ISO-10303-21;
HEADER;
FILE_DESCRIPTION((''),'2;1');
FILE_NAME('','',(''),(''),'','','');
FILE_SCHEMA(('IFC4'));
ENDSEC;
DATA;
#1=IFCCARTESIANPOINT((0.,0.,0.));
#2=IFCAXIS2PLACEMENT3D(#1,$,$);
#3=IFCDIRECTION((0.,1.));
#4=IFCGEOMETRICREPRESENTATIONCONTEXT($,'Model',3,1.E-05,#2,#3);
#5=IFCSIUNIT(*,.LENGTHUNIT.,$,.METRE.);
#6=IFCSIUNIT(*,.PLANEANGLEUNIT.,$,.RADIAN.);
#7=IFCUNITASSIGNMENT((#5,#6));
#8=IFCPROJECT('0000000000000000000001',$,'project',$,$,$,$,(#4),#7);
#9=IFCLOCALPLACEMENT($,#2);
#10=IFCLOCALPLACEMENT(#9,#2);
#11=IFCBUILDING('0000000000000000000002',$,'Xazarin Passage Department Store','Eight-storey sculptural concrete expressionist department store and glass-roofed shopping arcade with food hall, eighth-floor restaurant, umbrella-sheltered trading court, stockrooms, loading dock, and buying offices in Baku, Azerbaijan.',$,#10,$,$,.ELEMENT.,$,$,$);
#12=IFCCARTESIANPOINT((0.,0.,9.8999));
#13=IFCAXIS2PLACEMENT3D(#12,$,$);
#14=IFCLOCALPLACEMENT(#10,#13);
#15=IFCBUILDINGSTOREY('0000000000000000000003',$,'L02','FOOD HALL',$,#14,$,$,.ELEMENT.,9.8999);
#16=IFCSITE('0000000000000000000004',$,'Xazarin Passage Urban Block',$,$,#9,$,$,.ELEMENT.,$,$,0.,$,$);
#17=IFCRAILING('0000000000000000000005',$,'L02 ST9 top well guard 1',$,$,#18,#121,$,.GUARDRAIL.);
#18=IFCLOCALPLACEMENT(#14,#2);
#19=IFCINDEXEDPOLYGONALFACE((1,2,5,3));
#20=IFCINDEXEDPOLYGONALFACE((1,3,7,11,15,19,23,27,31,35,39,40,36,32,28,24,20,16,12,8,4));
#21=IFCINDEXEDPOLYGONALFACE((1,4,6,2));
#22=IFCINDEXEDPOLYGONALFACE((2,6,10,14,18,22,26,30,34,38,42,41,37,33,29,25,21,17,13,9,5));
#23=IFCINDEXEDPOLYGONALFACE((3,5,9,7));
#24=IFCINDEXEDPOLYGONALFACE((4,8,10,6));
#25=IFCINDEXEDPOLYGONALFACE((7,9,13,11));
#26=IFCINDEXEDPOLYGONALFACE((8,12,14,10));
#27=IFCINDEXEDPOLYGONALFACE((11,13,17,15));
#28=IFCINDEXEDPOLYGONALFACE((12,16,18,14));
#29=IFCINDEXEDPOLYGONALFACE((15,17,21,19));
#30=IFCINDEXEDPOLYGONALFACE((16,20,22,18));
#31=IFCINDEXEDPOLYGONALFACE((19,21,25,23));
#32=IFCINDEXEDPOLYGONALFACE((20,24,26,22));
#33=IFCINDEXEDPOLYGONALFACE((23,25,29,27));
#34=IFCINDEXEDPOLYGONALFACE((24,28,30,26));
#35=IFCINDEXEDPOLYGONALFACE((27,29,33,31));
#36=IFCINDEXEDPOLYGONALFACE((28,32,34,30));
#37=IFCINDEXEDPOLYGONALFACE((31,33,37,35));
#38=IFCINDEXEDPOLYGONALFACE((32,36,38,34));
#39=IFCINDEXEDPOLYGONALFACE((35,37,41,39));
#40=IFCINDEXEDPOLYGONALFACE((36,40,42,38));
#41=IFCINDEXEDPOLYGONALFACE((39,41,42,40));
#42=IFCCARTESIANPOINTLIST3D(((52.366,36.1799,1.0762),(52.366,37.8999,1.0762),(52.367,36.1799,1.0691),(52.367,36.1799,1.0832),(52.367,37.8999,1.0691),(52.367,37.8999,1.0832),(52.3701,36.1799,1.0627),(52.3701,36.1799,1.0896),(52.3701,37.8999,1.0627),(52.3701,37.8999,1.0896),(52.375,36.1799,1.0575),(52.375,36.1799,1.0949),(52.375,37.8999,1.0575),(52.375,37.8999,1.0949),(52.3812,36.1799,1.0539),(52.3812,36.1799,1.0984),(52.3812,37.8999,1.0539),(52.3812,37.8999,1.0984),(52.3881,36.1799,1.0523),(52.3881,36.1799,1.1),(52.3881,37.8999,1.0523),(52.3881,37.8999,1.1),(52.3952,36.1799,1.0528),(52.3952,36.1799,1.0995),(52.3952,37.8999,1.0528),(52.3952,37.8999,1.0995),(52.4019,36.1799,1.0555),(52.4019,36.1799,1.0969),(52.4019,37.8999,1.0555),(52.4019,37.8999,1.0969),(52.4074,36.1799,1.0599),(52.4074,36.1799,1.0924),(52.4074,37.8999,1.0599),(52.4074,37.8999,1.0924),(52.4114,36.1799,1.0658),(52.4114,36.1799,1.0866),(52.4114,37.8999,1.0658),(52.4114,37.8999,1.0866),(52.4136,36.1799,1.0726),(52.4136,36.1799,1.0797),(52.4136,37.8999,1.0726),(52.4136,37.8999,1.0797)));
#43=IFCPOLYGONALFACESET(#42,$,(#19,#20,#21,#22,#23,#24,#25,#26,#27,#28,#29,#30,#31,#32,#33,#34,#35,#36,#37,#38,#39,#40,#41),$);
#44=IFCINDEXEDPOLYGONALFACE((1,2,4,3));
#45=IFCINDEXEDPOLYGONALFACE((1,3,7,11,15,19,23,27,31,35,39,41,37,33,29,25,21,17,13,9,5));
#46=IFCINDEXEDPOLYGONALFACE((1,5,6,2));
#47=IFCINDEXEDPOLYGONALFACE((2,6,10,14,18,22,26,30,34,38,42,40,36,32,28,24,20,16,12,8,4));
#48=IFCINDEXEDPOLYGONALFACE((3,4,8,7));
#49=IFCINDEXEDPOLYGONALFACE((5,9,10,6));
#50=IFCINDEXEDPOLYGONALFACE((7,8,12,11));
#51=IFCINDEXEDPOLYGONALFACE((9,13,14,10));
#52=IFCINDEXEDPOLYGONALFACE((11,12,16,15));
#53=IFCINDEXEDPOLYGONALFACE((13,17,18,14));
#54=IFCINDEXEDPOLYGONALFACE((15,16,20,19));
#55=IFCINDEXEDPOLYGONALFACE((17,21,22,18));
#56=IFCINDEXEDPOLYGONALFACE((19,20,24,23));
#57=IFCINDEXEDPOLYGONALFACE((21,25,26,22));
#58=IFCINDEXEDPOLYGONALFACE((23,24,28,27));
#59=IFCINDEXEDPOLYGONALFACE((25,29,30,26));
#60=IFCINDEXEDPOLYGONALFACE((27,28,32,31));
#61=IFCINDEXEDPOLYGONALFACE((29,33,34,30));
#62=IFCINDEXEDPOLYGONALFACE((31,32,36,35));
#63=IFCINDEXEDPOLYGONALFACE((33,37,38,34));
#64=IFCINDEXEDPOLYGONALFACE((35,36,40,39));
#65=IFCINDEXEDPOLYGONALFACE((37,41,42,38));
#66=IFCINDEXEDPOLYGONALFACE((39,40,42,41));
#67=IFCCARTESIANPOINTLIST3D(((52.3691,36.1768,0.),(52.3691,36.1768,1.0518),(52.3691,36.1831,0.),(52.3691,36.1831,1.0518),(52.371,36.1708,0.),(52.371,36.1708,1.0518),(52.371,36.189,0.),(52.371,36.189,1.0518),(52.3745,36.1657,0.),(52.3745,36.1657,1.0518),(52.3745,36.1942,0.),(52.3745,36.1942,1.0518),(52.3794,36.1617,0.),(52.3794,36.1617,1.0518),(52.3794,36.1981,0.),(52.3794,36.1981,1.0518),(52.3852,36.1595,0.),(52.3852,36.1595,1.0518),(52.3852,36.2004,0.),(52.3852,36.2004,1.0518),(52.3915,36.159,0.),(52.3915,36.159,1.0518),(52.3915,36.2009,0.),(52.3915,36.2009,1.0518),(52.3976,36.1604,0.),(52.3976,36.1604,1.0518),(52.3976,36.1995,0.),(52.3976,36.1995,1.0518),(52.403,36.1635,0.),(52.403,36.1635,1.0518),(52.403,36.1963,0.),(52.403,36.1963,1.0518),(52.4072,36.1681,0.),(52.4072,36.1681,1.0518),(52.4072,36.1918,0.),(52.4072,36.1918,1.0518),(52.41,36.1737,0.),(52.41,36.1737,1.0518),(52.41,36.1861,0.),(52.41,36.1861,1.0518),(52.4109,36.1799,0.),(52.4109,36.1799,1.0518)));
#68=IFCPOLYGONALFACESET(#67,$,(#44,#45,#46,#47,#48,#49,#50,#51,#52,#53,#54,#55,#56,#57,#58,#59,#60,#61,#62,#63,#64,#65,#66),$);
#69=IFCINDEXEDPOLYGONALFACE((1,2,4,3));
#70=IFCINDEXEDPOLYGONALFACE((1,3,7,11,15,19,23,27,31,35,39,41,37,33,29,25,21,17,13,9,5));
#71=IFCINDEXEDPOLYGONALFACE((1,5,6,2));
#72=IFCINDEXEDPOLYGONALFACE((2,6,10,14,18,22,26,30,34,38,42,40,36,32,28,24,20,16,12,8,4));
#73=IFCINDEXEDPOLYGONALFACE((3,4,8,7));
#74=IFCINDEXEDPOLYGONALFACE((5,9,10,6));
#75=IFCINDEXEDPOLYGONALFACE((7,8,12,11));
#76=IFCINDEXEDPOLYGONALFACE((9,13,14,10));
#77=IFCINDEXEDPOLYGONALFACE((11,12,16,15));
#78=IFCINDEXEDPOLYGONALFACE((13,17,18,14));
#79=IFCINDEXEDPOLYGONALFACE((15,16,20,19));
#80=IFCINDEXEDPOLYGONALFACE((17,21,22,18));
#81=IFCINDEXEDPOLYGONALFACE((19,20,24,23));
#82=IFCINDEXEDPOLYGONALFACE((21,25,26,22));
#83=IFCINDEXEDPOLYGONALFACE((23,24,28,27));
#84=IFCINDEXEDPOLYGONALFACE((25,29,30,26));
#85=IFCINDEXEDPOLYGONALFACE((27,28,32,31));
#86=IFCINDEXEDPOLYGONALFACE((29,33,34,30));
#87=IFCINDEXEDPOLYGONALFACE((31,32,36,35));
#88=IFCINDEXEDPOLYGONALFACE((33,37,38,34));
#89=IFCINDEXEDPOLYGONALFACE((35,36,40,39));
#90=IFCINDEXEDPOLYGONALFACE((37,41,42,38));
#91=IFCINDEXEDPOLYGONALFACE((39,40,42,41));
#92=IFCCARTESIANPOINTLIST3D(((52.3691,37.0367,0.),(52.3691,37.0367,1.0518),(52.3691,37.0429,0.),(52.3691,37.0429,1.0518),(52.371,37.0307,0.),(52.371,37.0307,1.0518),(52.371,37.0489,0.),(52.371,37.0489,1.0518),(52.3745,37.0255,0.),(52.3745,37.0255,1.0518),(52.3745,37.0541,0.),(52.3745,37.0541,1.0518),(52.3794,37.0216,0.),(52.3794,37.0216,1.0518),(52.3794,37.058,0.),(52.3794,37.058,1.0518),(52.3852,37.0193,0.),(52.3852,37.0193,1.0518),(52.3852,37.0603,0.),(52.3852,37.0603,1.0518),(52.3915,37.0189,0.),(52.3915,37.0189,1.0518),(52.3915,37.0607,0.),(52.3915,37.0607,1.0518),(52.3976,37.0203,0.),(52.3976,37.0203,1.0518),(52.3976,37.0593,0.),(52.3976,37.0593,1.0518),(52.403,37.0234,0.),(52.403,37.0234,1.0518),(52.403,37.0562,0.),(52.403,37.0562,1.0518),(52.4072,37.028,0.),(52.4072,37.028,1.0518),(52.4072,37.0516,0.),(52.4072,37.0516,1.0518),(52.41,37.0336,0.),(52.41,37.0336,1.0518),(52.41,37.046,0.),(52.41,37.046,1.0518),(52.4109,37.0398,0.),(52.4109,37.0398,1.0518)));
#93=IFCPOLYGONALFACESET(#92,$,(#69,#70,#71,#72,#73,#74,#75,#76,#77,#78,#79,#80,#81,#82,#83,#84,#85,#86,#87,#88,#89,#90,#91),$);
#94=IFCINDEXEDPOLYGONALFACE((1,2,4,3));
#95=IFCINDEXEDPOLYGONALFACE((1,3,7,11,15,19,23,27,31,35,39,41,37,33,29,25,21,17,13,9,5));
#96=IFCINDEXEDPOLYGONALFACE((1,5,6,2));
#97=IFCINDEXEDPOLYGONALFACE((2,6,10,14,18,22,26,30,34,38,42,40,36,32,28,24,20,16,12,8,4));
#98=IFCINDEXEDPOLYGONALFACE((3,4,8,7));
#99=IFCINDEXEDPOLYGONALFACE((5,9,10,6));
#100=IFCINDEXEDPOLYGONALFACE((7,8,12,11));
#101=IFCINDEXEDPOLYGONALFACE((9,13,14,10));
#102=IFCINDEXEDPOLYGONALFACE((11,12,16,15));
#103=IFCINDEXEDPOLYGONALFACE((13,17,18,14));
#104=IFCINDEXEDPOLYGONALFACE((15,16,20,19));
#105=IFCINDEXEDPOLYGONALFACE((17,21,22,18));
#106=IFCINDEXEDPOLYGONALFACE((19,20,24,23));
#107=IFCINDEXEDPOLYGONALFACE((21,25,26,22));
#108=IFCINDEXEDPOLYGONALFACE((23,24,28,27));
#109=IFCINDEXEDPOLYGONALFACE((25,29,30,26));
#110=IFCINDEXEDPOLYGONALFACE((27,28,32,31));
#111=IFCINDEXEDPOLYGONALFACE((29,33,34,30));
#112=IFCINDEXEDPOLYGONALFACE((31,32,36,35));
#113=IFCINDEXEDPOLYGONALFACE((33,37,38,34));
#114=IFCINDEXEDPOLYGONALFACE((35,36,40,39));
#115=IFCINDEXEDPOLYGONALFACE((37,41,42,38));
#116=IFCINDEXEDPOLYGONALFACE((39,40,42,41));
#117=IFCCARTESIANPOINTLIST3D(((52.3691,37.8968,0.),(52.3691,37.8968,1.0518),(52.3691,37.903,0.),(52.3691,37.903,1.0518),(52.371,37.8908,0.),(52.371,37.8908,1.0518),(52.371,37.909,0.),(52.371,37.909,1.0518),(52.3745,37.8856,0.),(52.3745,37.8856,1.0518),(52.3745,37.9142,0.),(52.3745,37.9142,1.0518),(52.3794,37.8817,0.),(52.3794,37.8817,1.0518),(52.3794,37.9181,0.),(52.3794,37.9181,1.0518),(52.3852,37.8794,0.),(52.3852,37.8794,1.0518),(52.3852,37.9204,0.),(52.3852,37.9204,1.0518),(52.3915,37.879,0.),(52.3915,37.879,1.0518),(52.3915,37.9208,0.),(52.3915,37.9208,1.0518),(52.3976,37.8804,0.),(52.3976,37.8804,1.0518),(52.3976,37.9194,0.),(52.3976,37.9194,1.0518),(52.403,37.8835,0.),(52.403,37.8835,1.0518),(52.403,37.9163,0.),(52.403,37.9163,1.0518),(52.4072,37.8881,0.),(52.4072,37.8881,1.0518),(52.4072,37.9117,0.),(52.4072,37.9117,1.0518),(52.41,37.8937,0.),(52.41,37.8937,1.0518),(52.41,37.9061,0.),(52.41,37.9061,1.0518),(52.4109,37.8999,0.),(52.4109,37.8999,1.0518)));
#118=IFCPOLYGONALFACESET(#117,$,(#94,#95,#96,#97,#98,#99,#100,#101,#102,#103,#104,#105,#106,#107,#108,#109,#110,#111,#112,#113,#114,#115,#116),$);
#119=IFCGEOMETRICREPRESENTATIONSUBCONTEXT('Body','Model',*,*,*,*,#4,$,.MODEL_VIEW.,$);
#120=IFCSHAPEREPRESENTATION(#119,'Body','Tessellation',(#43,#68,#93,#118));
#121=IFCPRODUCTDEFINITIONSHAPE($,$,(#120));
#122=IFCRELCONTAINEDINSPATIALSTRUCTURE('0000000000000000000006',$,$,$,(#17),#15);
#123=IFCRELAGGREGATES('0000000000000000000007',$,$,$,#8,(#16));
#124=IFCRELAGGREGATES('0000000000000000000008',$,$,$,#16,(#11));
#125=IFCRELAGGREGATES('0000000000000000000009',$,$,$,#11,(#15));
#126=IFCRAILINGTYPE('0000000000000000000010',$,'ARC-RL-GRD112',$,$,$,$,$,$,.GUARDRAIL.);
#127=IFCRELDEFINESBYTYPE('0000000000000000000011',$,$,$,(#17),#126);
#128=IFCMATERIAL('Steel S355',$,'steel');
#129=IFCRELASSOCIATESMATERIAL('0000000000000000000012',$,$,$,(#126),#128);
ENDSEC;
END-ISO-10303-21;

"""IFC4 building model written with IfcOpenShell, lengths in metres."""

from ifc_helpers import new_model, si_unit, direction, frame, origin, origin_2d, place, context, subcontext, project, spatial, circle, extrude, material, type_object, element, save


model = new_model("IFC4")

# Units and contexts
model_context = context("Model", 3, precision=1e-05, world=origin(), true_north=direction((0.0, 1.0)))
body_context = subcontext(model_context, "Body", "Model", "MODEL_VIEW")
ifc_project = project(units=[si_unit("LENGTHUNIT", "METRE"), si_unit("PLANEANGLEUNIT", "RADIAN")], contexts=[model_context])

# Site, building, storey
site_placement = place(None, origin())
site = spatial("IfcSite", under=ifc_project, at=site_placement, Name="Xazarin Passage Urban Block", CompositionType="ELEMENT", RefElevation=0.0)
building_placement = place(site_placement, origin())
building = spatial("IfcBuilding", under=site, at=building_placement, Name="Xazarin Passage Department Store", Description="Eight-storey sculptural concrete expressionist department store and glass-roofed shopping arcade with food hall, eighth-floor restaurant, umbrella-sheltered trading court, stockrooms, loading dock, and buying offices in Baku, Azerbaijan.", CompositionType="ELEMENT")
storey_placement = place(building_placement, frame((0.0, 0.0, 9.8999)))
storey = spatial("IfcBuildingStorey", under=building, at=storey_placement, Name="L02", Description="FOOD HALL", CompositionType="ELEMENT", Elevation=9.8999)

# Shared definitions
ifc_material_1 = material(Name="Steel S355", Category="steel")

# Railing
railing_type = type_object("IfcRailingType", Name="ARC-RL-GRD112", PredefinedType="GUARDRAIL", material=ifc_material_1)
railing_placement = place(storey_placement, frame((52.3899, 36.1799, 0.0)))
element("IfcRailing", 1, at=railing_placement, inside=storey, type_object=railing_type, Name="L02 ST9 top well guard 1", PredefinedType="GUARDRAIL", context=body_context, shape_type="SweptSolid", body=[
    extrude(circle(Radius=0.0239, at=origin_2d()), frame((0.0, 0.0, 1.0762), z_axis=(0.0, 1.0, 0.0), x_axis=(-1.0, 0.0, 0.0)), (0.0, 0.0, 1.0), 1.72),
    extrude(circle(Radius=0.021, at=origin_2d()), origin(), (0.0, 0.0, 1.0), 1.0518),
    extrude(circle(Radius=0.021, at=origin_2d()), frame((0.0, 0.8599, 0.0)), (0.0, 0.0, 1.0), 1.0518),
    extrude(circle(Radius=0.021, at=origin_2d()), frame((0.0, 1.72, 0.0)), (0.0, 0.0, 1.0), 1.0518),
])

save(model, "model.ifc")
